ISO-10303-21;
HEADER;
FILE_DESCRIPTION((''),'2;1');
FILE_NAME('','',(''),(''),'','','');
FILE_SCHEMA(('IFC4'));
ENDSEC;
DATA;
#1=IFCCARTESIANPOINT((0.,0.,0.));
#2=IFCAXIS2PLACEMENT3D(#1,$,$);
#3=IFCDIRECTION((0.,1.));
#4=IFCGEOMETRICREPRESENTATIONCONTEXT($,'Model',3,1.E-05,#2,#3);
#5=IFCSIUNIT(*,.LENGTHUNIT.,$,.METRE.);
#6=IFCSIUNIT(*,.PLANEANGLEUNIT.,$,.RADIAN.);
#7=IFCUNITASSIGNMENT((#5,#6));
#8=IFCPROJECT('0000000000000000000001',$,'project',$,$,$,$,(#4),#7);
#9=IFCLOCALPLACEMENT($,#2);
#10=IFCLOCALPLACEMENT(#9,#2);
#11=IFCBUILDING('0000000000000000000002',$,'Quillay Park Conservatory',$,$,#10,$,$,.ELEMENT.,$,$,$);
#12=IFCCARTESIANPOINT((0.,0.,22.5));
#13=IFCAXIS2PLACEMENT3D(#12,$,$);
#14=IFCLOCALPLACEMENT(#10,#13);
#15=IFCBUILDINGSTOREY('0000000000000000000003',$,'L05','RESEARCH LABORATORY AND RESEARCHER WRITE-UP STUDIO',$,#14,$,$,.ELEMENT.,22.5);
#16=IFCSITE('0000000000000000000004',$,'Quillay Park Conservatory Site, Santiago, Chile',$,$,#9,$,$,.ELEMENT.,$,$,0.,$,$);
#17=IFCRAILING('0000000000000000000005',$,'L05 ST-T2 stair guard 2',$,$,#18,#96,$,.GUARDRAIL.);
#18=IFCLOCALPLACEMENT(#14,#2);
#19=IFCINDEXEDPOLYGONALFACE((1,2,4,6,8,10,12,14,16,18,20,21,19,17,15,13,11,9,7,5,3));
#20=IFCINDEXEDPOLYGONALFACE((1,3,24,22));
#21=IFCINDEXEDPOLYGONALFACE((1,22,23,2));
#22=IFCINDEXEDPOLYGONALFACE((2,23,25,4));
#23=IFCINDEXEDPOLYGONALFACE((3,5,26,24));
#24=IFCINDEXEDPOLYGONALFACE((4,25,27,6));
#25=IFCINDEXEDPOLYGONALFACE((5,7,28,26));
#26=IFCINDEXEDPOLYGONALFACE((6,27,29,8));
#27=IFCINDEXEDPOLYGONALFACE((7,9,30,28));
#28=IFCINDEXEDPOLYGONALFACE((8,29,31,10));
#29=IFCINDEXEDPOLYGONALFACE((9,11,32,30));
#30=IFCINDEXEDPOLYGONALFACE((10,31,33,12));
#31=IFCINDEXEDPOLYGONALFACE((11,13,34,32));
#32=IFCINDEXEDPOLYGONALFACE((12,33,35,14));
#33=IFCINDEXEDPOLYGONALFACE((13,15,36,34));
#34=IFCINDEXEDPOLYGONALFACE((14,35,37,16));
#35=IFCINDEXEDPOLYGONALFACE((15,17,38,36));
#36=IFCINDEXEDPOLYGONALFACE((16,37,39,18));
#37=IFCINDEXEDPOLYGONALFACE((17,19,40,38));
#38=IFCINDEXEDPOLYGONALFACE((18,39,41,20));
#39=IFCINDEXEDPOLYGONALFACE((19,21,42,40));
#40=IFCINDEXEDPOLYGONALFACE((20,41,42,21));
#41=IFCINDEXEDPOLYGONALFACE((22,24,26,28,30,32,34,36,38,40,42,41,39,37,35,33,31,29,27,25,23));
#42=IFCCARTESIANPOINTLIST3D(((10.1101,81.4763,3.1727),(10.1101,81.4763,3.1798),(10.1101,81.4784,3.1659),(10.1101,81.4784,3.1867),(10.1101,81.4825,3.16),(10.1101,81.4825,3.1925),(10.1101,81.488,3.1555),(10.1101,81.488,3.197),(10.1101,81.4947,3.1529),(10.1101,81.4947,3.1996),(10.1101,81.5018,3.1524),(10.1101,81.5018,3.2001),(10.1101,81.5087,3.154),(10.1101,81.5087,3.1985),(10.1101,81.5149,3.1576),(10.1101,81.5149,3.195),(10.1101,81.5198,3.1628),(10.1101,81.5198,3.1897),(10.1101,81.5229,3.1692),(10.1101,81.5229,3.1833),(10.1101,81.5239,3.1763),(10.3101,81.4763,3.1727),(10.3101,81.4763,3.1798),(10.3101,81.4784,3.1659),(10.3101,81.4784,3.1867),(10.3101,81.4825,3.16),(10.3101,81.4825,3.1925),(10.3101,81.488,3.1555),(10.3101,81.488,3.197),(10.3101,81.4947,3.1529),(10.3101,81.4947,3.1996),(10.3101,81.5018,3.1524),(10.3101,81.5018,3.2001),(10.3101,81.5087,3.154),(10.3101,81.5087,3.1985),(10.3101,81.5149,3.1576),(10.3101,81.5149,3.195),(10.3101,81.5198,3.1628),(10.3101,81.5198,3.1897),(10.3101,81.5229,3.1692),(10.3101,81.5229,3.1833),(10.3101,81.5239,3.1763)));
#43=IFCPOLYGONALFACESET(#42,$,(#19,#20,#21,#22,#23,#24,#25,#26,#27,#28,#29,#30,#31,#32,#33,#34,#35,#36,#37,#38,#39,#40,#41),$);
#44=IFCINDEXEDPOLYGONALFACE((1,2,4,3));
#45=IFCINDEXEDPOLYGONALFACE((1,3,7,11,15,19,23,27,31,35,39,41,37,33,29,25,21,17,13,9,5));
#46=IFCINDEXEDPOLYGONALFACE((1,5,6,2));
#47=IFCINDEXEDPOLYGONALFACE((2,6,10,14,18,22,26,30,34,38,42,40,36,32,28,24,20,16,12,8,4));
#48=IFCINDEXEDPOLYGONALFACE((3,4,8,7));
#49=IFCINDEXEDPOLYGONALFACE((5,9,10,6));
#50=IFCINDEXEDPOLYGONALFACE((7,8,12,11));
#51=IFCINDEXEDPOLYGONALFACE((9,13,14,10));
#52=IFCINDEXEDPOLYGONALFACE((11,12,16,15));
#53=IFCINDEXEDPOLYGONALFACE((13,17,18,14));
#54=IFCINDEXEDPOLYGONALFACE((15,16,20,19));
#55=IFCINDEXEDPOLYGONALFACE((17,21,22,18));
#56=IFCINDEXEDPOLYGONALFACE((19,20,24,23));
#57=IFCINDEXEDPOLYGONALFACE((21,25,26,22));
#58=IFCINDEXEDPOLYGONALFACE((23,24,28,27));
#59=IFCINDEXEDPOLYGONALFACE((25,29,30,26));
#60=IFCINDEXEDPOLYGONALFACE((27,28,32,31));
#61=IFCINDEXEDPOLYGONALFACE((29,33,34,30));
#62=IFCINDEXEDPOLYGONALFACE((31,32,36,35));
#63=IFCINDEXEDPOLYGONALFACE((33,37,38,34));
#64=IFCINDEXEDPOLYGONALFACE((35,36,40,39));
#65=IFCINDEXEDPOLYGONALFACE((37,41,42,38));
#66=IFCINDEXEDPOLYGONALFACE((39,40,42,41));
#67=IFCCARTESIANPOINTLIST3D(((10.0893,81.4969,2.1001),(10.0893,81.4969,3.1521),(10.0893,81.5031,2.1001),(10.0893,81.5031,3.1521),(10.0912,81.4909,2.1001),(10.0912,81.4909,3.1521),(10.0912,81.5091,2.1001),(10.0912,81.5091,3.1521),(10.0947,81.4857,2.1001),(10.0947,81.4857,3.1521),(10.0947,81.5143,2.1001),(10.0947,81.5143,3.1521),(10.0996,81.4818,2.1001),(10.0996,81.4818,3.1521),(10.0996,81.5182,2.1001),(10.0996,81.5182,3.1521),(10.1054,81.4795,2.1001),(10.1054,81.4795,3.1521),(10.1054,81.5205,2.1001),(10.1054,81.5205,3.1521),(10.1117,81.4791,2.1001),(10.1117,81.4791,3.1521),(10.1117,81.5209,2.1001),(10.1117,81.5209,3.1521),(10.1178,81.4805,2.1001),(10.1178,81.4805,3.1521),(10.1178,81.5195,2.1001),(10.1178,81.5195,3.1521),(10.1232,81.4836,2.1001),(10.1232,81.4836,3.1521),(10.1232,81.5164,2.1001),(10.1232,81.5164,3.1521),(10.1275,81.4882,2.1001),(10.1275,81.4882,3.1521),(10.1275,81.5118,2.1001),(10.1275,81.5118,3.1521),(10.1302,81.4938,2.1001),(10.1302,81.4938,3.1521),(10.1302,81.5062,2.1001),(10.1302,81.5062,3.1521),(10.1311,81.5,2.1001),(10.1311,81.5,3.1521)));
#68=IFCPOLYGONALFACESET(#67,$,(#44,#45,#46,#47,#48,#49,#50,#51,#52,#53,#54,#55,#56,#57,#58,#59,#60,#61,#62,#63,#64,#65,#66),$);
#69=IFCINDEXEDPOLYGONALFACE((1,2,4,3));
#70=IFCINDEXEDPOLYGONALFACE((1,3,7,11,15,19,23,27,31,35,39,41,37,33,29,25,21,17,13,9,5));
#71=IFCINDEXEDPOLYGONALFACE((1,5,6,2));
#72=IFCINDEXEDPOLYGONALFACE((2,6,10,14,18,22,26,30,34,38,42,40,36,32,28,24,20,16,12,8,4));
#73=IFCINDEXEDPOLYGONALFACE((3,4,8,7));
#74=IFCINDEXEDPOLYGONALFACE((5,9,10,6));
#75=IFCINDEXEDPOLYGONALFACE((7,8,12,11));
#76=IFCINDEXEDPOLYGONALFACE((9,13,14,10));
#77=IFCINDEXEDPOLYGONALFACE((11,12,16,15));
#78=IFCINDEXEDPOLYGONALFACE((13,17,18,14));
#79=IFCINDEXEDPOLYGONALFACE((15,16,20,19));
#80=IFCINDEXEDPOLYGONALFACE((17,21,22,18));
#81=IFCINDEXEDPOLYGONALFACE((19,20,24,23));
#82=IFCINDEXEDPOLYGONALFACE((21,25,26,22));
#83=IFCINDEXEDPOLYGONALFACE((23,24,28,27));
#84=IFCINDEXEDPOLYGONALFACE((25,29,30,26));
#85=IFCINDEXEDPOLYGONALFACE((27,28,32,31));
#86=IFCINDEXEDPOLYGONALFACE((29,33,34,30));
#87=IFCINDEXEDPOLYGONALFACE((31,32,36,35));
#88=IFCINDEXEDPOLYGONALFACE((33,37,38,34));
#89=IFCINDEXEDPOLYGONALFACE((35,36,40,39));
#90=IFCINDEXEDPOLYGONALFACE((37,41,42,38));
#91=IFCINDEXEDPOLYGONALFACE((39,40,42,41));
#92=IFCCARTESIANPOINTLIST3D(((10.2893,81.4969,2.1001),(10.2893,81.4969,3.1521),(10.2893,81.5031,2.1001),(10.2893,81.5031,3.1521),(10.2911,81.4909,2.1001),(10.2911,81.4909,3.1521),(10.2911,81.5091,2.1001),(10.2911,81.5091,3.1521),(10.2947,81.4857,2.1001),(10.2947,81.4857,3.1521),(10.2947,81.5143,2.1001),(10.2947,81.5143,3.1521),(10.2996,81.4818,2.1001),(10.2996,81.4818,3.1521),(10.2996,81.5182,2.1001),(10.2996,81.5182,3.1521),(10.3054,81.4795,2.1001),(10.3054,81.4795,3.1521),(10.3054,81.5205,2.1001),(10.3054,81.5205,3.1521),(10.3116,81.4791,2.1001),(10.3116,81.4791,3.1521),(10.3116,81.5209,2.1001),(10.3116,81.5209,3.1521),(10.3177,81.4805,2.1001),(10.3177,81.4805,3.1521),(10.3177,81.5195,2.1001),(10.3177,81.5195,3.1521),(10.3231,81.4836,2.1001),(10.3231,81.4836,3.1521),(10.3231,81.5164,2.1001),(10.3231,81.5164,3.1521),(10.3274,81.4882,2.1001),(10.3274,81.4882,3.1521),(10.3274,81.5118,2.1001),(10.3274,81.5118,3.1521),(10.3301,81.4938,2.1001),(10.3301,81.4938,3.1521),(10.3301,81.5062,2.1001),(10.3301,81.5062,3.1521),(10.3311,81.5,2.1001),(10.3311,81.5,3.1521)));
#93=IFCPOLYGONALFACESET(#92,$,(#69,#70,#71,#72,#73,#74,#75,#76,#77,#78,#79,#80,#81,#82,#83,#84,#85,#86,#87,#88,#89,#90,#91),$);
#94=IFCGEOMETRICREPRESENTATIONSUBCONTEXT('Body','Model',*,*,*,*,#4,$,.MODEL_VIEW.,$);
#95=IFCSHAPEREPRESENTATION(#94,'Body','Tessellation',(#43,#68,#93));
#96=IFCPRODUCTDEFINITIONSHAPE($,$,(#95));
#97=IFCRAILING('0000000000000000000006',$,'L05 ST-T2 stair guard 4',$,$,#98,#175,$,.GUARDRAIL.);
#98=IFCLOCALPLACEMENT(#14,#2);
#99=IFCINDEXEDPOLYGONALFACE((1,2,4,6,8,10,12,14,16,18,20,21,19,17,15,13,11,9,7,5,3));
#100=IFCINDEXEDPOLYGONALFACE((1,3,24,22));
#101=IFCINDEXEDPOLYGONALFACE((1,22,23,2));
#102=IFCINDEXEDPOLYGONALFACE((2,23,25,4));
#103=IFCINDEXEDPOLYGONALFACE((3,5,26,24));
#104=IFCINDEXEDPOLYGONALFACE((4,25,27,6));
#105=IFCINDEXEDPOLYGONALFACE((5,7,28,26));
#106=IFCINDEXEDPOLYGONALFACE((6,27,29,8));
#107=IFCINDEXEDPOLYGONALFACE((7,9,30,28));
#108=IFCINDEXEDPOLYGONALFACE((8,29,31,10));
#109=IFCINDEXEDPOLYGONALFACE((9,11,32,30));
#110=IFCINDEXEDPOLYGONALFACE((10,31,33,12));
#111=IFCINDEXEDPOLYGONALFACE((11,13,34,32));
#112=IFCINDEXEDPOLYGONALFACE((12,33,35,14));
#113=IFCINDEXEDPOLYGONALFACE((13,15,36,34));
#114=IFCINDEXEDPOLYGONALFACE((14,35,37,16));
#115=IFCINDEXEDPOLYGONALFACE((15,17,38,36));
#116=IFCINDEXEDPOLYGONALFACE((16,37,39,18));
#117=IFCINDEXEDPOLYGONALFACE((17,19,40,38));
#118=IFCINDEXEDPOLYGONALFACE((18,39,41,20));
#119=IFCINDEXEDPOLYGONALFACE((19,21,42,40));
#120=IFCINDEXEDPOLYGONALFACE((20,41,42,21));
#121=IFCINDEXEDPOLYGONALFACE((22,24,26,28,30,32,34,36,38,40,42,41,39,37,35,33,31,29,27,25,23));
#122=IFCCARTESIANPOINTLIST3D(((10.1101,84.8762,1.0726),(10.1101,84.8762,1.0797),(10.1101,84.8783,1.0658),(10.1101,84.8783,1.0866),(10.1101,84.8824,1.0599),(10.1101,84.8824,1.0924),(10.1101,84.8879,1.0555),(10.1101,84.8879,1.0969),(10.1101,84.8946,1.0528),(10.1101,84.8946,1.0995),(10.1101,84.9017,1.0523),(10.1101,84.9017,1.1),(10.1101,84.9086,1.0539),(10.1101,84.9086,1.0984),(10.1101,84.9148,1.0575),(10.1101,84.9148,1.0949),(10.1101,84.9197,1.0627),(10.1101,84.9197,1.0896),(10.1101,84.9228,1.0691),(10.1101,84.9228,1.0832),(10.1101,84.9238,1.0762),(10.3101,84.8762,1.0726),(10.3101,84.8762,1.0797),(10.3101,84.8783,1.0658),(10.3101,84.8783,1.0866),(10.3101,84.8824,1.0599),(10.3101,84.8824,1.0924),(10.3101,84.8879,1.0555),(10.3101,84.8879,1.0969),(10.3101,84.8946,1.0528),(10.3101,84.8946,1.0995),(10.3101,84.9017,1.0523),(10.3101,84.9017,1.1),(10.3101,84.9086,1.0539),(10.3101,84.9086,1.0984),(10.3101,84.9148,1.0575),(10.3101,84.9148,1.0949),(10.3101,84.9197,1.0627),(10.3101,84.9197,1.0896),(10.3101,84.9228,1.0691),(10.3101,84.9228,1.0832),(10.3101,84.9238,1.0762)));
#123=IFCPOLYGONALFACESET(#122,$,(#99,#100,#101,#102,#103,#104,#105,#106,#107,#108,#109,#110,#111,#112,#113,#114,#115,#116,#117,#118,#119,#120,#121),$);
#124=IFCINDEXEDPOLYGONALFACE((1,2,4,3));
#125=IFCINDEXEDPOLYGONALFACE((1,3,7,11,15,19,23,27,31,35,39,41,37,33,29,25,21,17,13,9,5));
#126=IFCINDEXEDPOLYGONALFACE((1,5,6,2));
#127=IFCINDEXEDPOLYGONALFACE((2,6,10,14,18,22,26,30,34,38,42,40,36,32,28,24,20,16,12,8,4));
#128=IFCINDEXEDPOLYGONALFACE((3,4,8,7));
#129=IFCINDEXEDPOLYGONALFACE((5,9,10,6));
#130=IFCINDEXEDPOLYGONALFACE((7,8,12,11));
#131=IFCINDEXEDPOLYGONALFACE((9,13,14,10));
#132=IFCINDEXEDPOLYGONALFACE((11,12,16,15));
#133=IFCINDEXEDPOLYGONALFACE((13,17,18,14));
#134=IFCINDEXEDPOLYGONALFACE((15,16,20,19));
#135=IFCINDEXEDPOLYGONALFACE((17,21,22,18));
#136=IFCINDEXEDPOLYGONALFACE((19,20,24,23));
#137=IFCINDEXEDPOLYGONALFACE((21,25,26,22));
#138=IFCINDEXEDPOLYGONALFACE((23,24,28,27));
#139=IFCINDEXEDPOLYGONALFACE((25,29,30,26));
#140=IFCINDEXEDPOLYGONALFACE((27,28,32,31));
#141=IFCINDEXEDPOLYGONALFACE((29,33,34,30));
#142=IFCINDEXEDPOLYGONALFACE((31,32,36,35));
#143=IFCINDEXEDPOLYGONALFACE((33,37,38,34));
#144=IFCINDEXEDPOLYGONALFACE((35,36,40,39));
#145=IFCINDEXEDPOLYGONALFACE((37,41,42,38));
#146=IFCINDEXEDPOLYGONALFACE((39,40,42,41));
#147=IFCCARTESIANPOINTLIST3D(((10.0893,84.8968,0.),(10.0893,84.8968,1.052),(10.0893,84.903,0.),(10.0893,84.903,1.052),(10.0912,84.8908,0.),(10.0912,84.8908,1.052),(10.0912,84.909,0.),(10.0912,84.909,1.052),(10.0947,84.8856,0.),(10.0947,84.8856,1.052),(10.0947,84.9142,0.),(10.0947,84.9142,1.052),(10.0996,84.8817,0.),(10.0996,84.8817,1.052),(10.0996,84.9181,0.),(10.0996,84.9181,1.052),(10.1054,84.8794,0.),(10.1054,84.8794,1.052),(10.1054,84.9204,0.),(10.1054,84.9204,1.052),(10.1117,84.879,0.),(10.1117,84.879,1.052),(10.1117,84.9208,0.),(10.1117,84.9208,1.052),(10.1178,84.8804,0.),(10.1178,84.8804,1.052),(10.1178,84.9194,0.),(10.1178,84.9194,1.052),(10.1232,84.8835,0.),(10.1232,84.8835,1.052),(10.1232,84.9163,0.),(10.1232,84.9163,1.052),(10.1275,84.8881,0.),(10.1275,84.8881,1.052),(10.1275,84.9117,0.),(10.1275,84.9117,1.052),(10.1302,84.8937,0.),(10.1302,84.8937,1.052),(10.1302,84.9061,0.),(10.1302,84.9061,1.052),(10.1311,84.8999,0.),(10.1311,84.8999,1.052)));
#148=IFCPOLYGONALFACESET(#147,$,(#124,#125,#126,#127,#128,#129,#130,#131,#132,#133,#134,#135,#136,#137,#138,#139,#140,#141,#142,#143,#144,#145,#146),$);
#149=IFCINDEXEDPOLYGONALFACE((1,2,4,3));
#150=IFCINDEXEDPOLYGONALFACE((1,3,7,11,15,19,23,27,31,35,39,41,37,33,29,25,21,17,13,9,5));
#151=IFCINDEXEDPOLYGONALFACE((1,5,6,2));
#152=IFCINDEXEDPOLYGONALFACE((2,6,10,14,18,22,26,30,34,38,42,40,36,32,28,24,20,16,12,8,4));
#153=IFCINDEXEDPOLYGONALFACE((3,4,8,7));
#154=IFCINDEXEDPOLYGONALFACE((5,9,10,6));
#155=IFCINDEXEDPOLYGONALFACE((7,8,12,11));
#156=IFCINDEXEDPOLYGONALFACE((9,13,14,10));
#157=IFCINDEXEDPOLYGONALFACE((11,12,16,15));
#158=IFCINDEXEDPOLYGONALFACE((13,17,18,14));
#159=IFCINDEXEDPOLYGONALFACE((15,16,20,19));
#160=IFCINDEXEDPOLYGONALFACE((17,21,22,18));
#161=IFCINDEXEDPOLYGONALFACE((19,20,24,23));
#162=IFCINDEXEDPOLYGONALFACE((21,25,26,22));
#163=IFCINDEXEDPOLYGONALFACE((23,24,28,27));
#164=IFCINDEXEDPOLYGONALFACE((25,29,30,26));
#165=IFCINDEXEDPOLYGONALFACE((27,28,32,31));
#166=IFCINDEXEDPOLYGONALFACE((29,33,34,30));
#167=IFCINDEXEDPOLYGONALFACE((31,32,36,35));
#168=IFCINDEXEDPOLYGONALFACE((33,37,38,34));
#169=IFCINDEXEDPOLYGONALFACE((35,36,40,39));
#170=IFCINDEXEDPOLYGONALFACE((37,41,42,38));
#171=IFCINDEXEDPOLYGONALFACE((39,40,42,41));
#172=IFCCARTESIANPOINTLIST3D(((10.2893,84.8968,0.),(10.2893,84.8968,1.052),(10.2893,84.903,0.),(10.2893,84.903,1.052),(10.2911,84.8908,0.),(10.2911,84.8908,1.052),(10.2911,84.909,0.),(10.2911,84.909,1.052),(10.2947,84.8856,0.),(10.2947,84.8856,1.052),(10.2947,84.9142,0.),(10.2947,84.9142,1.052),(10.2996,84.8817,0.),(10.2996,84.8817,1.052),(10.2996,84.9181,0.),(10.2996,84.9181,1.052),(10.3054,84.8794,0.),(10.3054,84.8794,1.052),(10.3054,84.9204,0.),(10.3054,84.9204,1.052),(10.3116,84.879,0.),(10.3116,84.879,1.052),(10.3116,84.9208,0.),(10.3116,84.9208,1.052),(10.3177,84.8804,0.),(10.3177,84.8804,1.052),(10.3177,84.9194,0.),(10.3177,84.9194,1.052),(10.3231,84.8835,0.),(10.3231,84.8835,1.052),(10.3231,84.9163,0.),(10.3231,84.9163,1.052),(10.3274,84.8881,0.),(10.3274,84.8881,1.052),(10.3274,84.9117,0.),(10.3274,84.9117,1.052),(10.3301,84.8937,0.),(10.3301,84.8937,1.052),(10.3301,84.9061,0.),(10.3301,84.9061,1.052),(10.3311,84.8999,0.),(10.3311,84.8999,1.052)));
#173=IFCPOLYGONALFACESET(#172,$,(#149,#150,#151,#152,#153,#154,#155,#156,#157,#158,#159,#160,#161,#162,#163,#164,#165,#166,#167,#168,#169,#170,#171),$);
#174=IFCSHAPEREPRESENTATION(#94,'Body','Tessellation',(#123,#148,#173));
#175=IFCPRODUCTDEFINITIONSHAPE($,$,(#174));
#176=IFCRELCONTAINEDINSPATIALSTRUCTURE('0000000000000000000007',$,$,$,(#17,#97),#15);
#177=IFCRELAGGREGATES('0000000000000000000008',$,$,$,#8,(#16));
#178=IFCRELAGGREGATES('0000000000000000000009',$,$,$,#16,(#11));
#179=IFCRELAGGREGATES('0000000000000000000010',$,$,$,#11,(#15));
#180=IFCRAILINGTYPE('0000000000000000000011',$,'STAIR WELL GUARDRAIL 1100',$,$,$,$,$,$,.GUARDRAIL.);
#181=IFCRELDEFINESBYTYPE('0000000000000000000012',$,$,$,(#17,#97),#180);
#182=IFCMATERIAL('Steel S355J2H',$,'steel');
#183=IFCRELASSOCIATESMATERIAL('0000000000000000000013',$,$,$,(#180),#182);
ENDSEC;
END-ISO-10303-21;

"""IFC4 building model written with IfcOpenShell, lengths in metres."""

from ifc_helpers import new_model, si_unit, direction, frame, origin, origin_2d, place, context, subcontext, project, spatial, circle, extrude, material, type_object, element, save


model = new_model("IFC4")

# Units and contexts
model_context = context("Model", 3, precision=1e-05, world=origin(), true_north=direction((0.0, 1.0)))
body_context = subcontext(model_context, "Body", "Model", "MODEL_VIEW")
ifc_project = project(units=[si_unit("LENGTHUNIT", "METRE"), si_unit("PLANEANGLEUNIT", "RADIAN")], contexts=[model_context])

# Site, building, storey
site_placement = place(None, origin())
site = spatial("IfcSite", under=ifc_project, at=site_placement, Name="Quillay Park Conservatory Site, Santiago, Chile", CompositionType="ELEMENT", RefElevation=0.0)
building_placement = place(site_placement, origin())
building = spatial("IfcBuilding", under=site, at=building_placement, Name="Quillay Park Conservatory", CompositionType="ELEMENT")
storey_placement = place(building_placement, frame((0.0, 0.0, 22.5)))
storey = spatial("IfcBuildingStorey", under=building, at=storey_placement, Name="L05", Description="RESEARCH LABORATORY AND RESEARCHER WRITE-UP STUDIO", CompositionType="ELEMENT", Elevation=22.5)

# Railings
ifc_material_1 = material(Name="Steel S355J2H", Category="steel")
railing_type_1 = type_object("IfcRailingType", Name="STAIR WELL GUARDRAIL 1100", PredefinedType="GUARDRAIL", material=ifc_material_1)
for number, where, name in (
    (1, (10.1101, 81.5, 2.1001), "L05 ST-T2 stair guard 2"),
    (2, (10.1101, 84.8999, 0.0), "L05 ST-T2 stair guard 4"),
):
    element("IfcRailing", number, at=place(storey_placement, frame(where)), inside=storey, type_object=railing_type_1, Name=name, PredefinedType="GUARDRAIL", context=body_context, shape_type="SweptSolid", body=[
        extrude(circle(Radius=0.0239, at=origin_2d()), frame((0.0, 0.0, 1.0762), z_axis=(1.0, 0.0, 0.0), x_axis=(0.0, 1.0, 0.0)), (0.0, 0.0, 1.0), 0.2),
        extrude(circle(Radius=0.021, at=origin_2d()), origin(), (0.0, 0.0, 1.0), 1.052),
        extrude(circle(Radius=0.021, at=origin_2d()), frame((0.2, 0.0, 0.0)), (0.0, 0.0, 1.0), 1.052),
    ])

save(model, "model.ifc")
